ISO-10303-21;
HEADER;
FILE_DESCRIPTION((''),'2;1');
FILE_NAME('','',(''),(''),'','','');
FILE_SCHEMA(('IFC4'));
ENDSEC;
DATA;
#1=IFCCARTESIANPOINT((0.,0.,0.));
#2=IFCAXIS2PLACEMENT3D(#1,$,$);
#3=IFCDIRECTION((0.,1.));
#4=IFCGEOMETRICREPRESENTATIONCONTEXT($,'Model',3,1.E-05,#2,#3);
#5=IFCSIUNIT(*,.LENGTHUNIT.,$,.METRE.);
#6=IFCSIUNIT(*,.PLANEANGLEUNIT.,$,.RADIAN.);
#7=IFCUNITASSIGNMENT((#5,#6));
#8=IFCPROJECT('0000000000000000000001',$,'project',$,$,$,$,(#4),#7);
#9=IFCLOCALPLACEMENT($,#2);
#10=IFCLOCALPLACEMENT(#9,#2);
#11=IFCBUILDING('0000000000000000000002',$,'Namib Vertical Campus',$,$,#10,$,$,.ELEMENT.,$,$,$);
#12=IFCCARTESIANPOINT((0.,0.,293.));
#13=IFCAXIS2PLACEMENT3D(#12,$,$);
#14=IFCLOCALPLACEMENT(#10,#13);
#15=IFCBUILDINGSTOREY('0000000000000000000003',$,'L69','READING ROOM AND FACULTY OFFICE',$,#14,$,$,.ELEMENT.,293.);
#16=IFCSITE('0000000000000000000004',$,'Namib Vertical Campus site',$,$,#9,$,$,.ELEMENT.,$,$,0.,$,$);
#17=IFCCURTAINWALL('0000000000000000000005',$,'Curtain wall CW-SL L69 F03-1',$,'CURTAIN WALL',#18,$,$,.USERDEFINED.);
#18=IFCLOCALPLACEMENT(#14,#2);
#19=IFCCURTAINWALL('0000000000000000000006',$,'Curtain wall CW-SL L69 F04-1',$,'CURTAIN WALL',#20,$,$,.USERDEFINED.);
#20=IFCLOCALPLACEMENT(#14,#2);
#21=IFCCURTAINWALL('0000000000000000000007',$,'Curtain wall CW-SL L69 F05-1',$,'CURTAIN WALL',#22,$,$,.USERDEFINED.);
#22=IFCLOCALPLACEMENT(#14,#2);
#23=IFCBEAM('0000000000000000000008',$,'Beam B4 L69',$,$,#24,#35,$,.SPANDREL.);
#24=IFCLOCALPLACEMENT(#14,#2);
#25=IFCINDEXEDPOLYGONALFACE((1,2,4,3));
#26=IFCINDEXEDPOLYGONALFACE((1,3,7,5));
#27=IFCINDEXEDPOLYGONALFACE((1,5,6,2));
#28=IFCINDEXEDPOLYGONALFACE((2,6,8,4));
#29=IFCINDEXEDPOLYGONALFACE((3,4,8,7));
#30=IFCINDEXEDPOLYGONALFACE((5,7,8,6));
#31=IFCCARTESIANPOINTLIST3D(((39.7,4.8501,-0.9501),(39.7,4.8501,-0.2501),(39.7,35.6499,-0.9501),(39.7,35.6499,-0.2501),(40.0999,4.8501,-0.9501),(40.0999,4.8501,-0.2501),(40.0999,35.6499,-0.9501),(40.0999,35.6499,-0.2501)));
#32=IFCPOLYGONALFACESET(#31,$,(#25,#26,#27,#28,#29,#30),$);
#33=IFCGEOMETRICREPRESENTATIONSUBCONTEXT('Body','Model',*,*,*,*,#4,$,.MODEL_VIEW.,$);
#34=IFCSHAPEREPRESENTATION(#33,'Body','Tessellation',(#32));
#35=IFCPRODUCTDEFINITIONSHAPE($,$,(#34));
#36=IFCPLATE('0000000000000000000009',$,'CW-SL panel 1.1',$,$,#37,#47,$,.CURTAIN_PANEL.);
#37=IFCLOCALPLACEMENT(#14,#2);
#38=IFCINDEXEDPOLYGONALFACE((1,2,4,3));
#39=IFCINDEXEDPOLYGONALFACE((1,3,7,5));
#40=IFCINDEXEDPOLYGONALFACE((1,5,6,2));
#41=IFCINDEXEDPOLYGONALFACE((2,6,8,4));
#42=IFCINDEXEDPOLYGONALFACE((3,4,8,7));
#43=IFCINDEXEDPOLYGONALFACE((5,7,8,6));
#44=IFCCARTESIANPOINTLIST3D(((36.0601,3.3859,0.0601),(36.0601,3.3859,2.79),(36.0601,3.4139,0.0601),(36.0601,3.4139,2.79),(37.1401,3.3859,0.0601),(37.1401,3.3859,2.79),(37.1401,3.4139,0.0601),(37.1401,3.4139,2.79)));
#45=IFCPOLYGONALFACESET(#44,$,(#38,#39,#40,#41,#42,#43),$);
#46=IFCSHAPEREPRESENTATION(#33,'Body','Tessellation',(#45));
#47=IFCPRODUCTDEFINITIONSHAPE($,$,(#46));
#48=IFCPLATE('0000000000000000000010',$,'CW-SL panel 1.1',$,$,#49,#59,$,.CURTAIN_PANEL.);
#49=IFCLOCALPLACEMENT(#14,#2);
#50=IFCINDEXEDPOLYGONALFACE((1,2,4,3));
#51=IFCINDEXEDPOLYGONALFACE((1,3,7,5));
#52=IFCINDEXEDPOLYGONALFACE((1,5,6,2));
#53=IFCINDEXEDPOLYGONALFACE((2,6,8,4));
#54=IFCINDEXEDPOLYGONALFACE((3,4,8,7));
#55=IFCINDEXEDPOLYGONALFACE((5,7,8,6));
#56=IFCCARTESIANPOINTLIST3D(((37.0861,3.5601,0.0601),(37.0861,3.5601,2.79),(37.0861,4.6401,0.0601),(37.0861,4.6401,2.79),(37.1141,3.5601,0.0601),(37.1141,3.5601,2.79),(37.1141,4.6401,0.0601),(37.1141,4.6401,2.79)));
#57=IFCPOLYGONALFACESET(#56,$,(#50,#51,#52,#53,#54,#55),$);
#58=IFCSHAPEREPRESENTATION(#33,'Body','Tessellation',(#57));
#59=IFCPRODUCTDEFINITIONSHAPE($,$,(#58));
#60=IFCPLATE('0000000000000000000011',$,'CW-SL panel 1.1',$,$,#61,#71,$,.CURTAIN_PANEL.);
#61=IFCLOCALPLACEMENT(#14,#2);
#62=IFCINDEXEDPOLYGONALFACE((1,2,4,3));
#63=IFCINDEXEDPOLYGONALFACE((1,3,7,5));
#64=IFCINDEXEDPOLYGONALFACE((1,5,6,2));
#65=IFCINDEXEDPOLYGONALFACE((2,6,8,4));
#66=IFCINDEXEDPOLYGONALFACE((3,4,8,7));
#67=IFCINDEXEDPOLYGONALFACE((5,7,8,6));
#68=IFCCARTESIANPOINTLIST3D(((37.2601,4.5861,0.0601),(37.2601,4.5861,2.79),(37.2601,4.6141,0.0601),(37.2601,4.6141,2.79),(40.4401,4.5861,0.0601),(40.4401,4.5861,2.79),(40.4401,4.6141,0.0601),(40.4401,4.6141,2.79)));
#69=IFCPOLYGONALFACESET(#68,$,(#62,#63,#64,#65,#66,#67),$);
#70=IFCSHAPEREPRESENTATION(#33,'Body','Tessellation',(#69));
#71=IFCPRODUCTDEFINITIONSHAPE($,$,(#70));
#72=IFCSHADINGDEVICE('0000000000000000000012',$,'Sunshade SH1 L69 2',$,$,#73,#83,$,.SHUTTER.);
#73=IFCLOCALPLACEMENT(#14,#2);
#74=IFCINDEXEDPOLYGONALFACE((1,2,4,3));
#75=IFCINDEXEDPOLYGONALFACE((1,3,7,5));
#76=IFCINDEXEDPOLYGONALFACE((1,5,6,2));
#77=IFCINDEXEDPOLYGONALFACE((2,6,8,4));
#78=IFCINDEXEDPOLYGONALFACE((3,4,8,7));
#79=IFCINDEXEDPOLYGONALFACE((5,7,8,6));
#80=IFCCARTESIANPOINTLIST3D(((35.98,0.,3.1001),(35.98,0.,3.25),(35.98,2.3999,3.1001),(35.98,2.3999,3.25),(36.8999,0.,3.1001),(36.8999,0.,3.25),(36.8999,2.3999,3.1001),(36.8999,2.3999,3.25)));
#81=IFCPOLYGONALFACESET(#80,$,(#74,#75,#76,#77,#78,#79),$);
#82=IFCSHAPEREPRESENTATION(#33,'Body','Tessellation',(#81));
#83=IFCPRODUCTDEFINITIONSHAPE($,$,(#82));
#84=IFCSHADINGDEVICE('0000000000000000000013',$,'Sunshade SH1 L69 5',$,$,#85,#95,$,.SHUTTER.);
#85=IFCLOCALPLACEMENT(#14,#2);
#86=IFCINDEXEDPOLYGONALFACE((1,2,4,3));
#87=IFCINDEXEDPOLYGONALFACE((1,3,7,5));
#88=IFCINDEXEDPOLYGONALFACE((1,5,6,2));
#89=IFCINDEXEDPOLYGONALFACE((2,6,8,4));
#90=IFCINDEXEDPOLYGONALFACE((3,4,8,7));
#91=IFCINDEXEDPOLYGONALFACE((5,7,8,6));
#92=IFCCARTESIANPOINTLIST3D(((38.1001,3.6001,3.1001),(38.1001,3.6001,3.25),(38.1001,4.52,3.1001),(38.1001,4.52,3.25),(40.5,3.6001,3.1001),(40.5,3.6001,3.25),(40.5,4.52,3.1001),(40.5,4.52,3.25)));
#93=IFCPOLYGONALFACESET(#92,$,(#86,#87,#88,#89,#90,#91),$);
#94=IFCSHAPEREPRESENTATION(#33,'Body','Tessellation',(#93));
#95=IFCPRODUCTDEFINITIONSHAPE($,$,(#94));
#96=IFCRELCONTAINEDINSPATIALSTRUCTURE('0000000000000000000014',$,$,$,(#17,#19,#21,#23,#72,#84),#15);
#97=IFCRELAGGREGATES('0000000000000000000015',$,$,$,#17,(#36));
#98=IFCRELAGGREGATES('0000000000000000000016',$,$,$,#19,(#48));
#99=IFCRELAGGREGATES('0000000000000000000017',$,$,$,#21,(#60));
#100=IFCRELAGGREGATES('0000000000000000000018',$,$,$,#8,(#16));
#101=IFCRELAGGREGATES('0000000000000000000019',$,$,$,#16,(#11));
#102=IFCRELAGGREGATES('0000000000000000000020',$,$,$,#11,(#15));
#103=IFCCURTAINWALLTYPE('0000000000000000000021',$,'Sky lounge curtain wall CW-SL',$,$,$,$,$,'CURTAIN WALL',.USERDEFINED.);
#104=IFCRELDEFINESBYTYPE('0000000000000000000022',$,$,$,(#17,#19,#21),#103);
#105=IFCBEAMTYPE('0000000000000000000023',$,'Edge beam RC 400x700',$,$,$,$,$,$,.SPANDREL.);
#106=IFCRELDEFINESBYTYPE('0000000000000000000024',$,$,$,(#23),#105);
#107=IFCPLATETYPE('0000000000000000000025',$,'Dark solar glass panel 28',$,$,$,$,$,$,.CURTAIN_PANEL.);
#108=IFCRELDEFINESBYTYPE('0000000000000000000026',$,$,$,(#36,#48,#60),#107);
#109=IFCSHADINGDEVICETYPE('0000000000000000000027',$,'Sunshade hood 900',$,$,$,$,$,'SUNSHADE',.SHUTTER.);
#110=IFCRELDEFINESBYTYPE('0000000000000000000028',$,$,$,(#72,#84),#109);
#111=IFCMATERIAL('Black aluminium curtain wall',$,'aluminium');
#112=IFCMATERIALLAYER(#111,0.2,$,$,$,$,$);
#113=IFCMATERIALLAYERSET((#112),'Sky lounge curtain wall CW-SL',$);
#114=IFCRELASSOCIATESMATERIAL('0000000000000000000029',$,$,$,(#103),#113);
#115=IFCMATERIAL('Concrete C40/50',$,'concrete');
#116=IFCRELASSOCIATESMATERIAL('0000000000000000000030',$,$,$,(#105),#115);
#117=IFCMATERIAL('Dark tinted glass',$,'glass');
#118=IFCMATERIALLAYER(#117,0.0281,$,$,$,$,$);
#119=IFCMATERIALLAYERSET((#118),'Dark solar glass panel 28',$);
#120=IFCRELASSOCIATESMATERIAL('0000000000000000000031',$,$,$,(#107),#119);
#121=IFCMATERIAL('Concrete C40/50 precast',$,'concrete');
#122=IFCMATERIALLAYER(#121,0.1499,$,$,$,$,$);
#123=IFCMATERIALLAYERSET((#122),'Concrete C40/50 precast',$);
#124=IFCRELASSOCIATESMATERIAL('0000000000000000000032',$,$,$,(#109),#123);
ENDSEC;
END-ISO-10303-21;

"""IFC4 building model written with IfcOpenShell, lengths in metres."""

from ifc_helpers import new_model, si_unit, direction, frame, origin, origin_2d, place, context, subcontext, project, spatial, rectangle, extrude, material, layer, layer_set, material_profile, profile_set, type_object, element, aggregate, save


model = new_model("IFC4")

# Units and contexts
model_context = context("Model", 3, precision=1e-05, world=origin(), true_north=direction((0.0, 1.0)))
body_context = subcontext(model_context, "Body", "Model", "MODEL_VIEW")
ifc_project = project(units=[si_unit("LENGTHUNIT", "METRE"), si_unit("PLANEANGLEUNIT", "RADIAN")], contexts=[model_context])

# Site, building, storey
site_placement = place(None, origin())
site = spatial("IfcSite", under=ifc_project, at=site_placement, Name="Namib Vertical Campus site", CompositionType="ELEMENT", RefElevation=0.0)
building_placement = place(site_placement, origin())
building = spatial("IfcBuilding", under=site, at=building_placement, Name="Namib Vertical Campus", CompositionType="ELEMENT")
storey_placement = place(building_placement, frame((0.0, 0.0, 293.0)))
storey = spatial("IfcBuildingStorey", under=building, at=storey_placement, Name="L69", Description="READING ROOM AND FACULTY OFFICE", CompositionType="ELEMENT", Elevation=293.0)

# Curtain walls
ifc_material_1 = material(Name="Black aluminium curtain wall", Category="aluminium")
ifc_layer_1 = layer(ifc_material_1, 0.2)
ifc_layer_set_1 = layer_set([ifc_layer_1], Name="Sky lounge curtain wall CW-SL")
curtain_wall_type = type_object("IfcCurtainWallType", Name="Sky lounge curtain wall CW-SL", ElementType="CURTAIN WALL", PredefinedType="USERDEFINED", material=ifc_layer_set_1)
curtain_wall_1_placement = place(storey_placement, origin())
curtain_wall_1 = element("IfcCurtainWall", 1, at=curtain_wall_1_placement, inside=storey, type_object=curtain_wall_type, Name="Curtain wall CW-SL L69 F03-1", ObjectType="CURTAIN WALL", PredefinedType="USERDEFINED")
curtain_wall_2_placement = place(storey_placement, origin())
curtain_wall_2 = element("IfcCurtainWall", 2, at=curtain_wall_2_placement, inside=storey, type_object=curtain_wall_type, Name="Curtain wall CW-SL L69 F04-1", ObjectType="CURTAIN WALL", PredefinedType="USERDEFINED")
curtain_wall_3_placement = place(storey_placement, origin())
curtain_wall_3 = element("IfcCurtainWall", 3, at=curtain_wall_3_placement, inside=storey, type_object=curtain_wall_type, Name="Curtain wall CW-SL L69 F05-1", ObjectType="CURTAIN WALL", PredefinedType="USERDEFINED")

# Beam
ifc_material_2 = material(Name="Concrete C40/50", Category="concrete")
ifc_material_profile_1 = material_profile(ifc_material_2, rectangle(XDim=0.3999, YDim=0.7, at=origin_2d()))
ifc_profile_set_1 = profile_set([ifc_material_profile_1], Name="Concrete C40/50")
beam_type = type_object("IfcBeamType", Name="Edge beam RC 400x700", PredefinedType="SPANDREL", material=ifc_profile_set_1)
beam_placement = place(storey_placement, frame((39.8999, 4.8501, -0.6001), z_axis=(0.0, 1.0, 0.0), x_axis=(-1.0, 0.0, 0.0)))
element("IfcBeam", 4, at=beam_placement, inside=storey, type_object=beam_type, Name="Beam B4 L69", PredefinedType="SPANDREL", context=body_context, shape_type="SweptSolid", body=[
    extrude(rectangle(XDim=0.3999, YDim=0.7, at=origin_2d()), origin(), (0.0, 0.0, 1.0), 30.7998),
])

# Plates
ifc_material_3 = material(Name="Dark tinted glass", Category="glass")
ifc_layer_2 = layer(ifc_material_3, 0.0281)
ifc_layer_set_2 = layer_set([ifc_layer_2], Name="Dark solar glass panel 28")
plate_type = type_object("IfcPlateType", Name="Dark solar glass panel 28", PredefinedType="CURTAIN_PANEL", material=ifc_layer_set_2)
plate_1_placement = place(storey_placement, frame((36.6001, 3.3999, 0.0601), z_axis=(0.0, 0.0, 1.0), x_axis=(1.0, 0.0, 0.0)))
plate_1 = element("IfcPlate", 5, at=plate_1_placement, type_object=plate_type, Name="CW-SL panel 1.1", PredefinedType="CURTAIN_PANEL", context=body_context, shape_type="SweptSolid", body=[
    extrude(rectangle(XDim=1.0801, YDim=0.0281, at=origin_2d()), origin(), (0.0, 0.0, 1.0), 2.73),
])
aggregate(curtain_wall_1, [plate_1])
plate_2_placement = place(storey_placement, frame((37.1001, 4.1001, 0.0601), z_axis=(0.0, 0.0, 1.0), x_axis=(0.0, 1.0, 0.0)))
plate_2 = element("IfcPlate", 6, at=plate_2_placement, type_object=plate_type, Name="CW-SL panel 1.1", PredefinedType="CURTAIN_PANEL", context=body_context, shape_type="SweptSolid", body=[
    extrude(rectangle(XDim=1.0801, YDim=0.0281, at=origin_2d()), origin(), (0.0, 0.0, 1.0), 2.73),
])
aggregate(curtain_wall_2, [plate_2])
plate_3_placement = place(storey_placement, frame((38.8501, 4.6001, 0.0601), z_axis=(0.0, 0.0, 1.0), x_axis=(1.0, 0.0, 0.0)))
plate_3 = element("IfcPlate", 7, at=plate_3_placement, type_object=plate_type, Name="CW-SL panel 1.1", PredefinedType="CURTAIN_PANEL", context=body_context, shape_type="SweptSolid", body=[
    extrude(rectangle(XDim=3.1799, YDim=0.0281, at=origin_2d()), origin(), (0.0, 0.0, 1.0), 2.73),
])
aggregate(curtain_wall_3, [plate_3])

# Shading devices
ifc_material_4 = material(Name="Concrete C40/50 precast", Category="concrete")
ifc_layer_3 = layer(ifc_material_4, 0.1499)
ifc_layer_set_3 = layer_set([ifc_layer_3], Name="Concrete C40/50 precast")
shading_device_type = type_object("IfcShadingDeviceType", Name="Sunshade hood 900", ElementType="SUNSHADE", PredefinedType="SHUTTER", material=ifc_layer_set_3)
for number, where, z_axis, x_axis, name in (
    (8, (36.4399, 1.2, 3.1001), (0.0, 0.0, 1.0), (0.0, 1.0, 0.0), "Sunshade SH1 L69 2"),
    (9, (39.3, 4.0601, 3.1001), (0.0, 0.0, 1.0), (1.0, 0.0, 0.0), "Sunshade SH1 L69 5"),
):
    element("IfcShadingDevice", number, at=place(storey_placement, frame(where, z_axis=z_axis, x_axis=x_axis)), inside=storey, type_object=shading_device_type, Name=name, PredefinedType="SHUTTER", context=body_context, shape_type="SweptSolid", body=[
        extrude(rectangle(XDim=2.3999, YDim=0.9199, at=origin_2d()), origin(), (0.0, 0.0, 1.0), 0.1499),
    ])

save(model, "model.ifc")
